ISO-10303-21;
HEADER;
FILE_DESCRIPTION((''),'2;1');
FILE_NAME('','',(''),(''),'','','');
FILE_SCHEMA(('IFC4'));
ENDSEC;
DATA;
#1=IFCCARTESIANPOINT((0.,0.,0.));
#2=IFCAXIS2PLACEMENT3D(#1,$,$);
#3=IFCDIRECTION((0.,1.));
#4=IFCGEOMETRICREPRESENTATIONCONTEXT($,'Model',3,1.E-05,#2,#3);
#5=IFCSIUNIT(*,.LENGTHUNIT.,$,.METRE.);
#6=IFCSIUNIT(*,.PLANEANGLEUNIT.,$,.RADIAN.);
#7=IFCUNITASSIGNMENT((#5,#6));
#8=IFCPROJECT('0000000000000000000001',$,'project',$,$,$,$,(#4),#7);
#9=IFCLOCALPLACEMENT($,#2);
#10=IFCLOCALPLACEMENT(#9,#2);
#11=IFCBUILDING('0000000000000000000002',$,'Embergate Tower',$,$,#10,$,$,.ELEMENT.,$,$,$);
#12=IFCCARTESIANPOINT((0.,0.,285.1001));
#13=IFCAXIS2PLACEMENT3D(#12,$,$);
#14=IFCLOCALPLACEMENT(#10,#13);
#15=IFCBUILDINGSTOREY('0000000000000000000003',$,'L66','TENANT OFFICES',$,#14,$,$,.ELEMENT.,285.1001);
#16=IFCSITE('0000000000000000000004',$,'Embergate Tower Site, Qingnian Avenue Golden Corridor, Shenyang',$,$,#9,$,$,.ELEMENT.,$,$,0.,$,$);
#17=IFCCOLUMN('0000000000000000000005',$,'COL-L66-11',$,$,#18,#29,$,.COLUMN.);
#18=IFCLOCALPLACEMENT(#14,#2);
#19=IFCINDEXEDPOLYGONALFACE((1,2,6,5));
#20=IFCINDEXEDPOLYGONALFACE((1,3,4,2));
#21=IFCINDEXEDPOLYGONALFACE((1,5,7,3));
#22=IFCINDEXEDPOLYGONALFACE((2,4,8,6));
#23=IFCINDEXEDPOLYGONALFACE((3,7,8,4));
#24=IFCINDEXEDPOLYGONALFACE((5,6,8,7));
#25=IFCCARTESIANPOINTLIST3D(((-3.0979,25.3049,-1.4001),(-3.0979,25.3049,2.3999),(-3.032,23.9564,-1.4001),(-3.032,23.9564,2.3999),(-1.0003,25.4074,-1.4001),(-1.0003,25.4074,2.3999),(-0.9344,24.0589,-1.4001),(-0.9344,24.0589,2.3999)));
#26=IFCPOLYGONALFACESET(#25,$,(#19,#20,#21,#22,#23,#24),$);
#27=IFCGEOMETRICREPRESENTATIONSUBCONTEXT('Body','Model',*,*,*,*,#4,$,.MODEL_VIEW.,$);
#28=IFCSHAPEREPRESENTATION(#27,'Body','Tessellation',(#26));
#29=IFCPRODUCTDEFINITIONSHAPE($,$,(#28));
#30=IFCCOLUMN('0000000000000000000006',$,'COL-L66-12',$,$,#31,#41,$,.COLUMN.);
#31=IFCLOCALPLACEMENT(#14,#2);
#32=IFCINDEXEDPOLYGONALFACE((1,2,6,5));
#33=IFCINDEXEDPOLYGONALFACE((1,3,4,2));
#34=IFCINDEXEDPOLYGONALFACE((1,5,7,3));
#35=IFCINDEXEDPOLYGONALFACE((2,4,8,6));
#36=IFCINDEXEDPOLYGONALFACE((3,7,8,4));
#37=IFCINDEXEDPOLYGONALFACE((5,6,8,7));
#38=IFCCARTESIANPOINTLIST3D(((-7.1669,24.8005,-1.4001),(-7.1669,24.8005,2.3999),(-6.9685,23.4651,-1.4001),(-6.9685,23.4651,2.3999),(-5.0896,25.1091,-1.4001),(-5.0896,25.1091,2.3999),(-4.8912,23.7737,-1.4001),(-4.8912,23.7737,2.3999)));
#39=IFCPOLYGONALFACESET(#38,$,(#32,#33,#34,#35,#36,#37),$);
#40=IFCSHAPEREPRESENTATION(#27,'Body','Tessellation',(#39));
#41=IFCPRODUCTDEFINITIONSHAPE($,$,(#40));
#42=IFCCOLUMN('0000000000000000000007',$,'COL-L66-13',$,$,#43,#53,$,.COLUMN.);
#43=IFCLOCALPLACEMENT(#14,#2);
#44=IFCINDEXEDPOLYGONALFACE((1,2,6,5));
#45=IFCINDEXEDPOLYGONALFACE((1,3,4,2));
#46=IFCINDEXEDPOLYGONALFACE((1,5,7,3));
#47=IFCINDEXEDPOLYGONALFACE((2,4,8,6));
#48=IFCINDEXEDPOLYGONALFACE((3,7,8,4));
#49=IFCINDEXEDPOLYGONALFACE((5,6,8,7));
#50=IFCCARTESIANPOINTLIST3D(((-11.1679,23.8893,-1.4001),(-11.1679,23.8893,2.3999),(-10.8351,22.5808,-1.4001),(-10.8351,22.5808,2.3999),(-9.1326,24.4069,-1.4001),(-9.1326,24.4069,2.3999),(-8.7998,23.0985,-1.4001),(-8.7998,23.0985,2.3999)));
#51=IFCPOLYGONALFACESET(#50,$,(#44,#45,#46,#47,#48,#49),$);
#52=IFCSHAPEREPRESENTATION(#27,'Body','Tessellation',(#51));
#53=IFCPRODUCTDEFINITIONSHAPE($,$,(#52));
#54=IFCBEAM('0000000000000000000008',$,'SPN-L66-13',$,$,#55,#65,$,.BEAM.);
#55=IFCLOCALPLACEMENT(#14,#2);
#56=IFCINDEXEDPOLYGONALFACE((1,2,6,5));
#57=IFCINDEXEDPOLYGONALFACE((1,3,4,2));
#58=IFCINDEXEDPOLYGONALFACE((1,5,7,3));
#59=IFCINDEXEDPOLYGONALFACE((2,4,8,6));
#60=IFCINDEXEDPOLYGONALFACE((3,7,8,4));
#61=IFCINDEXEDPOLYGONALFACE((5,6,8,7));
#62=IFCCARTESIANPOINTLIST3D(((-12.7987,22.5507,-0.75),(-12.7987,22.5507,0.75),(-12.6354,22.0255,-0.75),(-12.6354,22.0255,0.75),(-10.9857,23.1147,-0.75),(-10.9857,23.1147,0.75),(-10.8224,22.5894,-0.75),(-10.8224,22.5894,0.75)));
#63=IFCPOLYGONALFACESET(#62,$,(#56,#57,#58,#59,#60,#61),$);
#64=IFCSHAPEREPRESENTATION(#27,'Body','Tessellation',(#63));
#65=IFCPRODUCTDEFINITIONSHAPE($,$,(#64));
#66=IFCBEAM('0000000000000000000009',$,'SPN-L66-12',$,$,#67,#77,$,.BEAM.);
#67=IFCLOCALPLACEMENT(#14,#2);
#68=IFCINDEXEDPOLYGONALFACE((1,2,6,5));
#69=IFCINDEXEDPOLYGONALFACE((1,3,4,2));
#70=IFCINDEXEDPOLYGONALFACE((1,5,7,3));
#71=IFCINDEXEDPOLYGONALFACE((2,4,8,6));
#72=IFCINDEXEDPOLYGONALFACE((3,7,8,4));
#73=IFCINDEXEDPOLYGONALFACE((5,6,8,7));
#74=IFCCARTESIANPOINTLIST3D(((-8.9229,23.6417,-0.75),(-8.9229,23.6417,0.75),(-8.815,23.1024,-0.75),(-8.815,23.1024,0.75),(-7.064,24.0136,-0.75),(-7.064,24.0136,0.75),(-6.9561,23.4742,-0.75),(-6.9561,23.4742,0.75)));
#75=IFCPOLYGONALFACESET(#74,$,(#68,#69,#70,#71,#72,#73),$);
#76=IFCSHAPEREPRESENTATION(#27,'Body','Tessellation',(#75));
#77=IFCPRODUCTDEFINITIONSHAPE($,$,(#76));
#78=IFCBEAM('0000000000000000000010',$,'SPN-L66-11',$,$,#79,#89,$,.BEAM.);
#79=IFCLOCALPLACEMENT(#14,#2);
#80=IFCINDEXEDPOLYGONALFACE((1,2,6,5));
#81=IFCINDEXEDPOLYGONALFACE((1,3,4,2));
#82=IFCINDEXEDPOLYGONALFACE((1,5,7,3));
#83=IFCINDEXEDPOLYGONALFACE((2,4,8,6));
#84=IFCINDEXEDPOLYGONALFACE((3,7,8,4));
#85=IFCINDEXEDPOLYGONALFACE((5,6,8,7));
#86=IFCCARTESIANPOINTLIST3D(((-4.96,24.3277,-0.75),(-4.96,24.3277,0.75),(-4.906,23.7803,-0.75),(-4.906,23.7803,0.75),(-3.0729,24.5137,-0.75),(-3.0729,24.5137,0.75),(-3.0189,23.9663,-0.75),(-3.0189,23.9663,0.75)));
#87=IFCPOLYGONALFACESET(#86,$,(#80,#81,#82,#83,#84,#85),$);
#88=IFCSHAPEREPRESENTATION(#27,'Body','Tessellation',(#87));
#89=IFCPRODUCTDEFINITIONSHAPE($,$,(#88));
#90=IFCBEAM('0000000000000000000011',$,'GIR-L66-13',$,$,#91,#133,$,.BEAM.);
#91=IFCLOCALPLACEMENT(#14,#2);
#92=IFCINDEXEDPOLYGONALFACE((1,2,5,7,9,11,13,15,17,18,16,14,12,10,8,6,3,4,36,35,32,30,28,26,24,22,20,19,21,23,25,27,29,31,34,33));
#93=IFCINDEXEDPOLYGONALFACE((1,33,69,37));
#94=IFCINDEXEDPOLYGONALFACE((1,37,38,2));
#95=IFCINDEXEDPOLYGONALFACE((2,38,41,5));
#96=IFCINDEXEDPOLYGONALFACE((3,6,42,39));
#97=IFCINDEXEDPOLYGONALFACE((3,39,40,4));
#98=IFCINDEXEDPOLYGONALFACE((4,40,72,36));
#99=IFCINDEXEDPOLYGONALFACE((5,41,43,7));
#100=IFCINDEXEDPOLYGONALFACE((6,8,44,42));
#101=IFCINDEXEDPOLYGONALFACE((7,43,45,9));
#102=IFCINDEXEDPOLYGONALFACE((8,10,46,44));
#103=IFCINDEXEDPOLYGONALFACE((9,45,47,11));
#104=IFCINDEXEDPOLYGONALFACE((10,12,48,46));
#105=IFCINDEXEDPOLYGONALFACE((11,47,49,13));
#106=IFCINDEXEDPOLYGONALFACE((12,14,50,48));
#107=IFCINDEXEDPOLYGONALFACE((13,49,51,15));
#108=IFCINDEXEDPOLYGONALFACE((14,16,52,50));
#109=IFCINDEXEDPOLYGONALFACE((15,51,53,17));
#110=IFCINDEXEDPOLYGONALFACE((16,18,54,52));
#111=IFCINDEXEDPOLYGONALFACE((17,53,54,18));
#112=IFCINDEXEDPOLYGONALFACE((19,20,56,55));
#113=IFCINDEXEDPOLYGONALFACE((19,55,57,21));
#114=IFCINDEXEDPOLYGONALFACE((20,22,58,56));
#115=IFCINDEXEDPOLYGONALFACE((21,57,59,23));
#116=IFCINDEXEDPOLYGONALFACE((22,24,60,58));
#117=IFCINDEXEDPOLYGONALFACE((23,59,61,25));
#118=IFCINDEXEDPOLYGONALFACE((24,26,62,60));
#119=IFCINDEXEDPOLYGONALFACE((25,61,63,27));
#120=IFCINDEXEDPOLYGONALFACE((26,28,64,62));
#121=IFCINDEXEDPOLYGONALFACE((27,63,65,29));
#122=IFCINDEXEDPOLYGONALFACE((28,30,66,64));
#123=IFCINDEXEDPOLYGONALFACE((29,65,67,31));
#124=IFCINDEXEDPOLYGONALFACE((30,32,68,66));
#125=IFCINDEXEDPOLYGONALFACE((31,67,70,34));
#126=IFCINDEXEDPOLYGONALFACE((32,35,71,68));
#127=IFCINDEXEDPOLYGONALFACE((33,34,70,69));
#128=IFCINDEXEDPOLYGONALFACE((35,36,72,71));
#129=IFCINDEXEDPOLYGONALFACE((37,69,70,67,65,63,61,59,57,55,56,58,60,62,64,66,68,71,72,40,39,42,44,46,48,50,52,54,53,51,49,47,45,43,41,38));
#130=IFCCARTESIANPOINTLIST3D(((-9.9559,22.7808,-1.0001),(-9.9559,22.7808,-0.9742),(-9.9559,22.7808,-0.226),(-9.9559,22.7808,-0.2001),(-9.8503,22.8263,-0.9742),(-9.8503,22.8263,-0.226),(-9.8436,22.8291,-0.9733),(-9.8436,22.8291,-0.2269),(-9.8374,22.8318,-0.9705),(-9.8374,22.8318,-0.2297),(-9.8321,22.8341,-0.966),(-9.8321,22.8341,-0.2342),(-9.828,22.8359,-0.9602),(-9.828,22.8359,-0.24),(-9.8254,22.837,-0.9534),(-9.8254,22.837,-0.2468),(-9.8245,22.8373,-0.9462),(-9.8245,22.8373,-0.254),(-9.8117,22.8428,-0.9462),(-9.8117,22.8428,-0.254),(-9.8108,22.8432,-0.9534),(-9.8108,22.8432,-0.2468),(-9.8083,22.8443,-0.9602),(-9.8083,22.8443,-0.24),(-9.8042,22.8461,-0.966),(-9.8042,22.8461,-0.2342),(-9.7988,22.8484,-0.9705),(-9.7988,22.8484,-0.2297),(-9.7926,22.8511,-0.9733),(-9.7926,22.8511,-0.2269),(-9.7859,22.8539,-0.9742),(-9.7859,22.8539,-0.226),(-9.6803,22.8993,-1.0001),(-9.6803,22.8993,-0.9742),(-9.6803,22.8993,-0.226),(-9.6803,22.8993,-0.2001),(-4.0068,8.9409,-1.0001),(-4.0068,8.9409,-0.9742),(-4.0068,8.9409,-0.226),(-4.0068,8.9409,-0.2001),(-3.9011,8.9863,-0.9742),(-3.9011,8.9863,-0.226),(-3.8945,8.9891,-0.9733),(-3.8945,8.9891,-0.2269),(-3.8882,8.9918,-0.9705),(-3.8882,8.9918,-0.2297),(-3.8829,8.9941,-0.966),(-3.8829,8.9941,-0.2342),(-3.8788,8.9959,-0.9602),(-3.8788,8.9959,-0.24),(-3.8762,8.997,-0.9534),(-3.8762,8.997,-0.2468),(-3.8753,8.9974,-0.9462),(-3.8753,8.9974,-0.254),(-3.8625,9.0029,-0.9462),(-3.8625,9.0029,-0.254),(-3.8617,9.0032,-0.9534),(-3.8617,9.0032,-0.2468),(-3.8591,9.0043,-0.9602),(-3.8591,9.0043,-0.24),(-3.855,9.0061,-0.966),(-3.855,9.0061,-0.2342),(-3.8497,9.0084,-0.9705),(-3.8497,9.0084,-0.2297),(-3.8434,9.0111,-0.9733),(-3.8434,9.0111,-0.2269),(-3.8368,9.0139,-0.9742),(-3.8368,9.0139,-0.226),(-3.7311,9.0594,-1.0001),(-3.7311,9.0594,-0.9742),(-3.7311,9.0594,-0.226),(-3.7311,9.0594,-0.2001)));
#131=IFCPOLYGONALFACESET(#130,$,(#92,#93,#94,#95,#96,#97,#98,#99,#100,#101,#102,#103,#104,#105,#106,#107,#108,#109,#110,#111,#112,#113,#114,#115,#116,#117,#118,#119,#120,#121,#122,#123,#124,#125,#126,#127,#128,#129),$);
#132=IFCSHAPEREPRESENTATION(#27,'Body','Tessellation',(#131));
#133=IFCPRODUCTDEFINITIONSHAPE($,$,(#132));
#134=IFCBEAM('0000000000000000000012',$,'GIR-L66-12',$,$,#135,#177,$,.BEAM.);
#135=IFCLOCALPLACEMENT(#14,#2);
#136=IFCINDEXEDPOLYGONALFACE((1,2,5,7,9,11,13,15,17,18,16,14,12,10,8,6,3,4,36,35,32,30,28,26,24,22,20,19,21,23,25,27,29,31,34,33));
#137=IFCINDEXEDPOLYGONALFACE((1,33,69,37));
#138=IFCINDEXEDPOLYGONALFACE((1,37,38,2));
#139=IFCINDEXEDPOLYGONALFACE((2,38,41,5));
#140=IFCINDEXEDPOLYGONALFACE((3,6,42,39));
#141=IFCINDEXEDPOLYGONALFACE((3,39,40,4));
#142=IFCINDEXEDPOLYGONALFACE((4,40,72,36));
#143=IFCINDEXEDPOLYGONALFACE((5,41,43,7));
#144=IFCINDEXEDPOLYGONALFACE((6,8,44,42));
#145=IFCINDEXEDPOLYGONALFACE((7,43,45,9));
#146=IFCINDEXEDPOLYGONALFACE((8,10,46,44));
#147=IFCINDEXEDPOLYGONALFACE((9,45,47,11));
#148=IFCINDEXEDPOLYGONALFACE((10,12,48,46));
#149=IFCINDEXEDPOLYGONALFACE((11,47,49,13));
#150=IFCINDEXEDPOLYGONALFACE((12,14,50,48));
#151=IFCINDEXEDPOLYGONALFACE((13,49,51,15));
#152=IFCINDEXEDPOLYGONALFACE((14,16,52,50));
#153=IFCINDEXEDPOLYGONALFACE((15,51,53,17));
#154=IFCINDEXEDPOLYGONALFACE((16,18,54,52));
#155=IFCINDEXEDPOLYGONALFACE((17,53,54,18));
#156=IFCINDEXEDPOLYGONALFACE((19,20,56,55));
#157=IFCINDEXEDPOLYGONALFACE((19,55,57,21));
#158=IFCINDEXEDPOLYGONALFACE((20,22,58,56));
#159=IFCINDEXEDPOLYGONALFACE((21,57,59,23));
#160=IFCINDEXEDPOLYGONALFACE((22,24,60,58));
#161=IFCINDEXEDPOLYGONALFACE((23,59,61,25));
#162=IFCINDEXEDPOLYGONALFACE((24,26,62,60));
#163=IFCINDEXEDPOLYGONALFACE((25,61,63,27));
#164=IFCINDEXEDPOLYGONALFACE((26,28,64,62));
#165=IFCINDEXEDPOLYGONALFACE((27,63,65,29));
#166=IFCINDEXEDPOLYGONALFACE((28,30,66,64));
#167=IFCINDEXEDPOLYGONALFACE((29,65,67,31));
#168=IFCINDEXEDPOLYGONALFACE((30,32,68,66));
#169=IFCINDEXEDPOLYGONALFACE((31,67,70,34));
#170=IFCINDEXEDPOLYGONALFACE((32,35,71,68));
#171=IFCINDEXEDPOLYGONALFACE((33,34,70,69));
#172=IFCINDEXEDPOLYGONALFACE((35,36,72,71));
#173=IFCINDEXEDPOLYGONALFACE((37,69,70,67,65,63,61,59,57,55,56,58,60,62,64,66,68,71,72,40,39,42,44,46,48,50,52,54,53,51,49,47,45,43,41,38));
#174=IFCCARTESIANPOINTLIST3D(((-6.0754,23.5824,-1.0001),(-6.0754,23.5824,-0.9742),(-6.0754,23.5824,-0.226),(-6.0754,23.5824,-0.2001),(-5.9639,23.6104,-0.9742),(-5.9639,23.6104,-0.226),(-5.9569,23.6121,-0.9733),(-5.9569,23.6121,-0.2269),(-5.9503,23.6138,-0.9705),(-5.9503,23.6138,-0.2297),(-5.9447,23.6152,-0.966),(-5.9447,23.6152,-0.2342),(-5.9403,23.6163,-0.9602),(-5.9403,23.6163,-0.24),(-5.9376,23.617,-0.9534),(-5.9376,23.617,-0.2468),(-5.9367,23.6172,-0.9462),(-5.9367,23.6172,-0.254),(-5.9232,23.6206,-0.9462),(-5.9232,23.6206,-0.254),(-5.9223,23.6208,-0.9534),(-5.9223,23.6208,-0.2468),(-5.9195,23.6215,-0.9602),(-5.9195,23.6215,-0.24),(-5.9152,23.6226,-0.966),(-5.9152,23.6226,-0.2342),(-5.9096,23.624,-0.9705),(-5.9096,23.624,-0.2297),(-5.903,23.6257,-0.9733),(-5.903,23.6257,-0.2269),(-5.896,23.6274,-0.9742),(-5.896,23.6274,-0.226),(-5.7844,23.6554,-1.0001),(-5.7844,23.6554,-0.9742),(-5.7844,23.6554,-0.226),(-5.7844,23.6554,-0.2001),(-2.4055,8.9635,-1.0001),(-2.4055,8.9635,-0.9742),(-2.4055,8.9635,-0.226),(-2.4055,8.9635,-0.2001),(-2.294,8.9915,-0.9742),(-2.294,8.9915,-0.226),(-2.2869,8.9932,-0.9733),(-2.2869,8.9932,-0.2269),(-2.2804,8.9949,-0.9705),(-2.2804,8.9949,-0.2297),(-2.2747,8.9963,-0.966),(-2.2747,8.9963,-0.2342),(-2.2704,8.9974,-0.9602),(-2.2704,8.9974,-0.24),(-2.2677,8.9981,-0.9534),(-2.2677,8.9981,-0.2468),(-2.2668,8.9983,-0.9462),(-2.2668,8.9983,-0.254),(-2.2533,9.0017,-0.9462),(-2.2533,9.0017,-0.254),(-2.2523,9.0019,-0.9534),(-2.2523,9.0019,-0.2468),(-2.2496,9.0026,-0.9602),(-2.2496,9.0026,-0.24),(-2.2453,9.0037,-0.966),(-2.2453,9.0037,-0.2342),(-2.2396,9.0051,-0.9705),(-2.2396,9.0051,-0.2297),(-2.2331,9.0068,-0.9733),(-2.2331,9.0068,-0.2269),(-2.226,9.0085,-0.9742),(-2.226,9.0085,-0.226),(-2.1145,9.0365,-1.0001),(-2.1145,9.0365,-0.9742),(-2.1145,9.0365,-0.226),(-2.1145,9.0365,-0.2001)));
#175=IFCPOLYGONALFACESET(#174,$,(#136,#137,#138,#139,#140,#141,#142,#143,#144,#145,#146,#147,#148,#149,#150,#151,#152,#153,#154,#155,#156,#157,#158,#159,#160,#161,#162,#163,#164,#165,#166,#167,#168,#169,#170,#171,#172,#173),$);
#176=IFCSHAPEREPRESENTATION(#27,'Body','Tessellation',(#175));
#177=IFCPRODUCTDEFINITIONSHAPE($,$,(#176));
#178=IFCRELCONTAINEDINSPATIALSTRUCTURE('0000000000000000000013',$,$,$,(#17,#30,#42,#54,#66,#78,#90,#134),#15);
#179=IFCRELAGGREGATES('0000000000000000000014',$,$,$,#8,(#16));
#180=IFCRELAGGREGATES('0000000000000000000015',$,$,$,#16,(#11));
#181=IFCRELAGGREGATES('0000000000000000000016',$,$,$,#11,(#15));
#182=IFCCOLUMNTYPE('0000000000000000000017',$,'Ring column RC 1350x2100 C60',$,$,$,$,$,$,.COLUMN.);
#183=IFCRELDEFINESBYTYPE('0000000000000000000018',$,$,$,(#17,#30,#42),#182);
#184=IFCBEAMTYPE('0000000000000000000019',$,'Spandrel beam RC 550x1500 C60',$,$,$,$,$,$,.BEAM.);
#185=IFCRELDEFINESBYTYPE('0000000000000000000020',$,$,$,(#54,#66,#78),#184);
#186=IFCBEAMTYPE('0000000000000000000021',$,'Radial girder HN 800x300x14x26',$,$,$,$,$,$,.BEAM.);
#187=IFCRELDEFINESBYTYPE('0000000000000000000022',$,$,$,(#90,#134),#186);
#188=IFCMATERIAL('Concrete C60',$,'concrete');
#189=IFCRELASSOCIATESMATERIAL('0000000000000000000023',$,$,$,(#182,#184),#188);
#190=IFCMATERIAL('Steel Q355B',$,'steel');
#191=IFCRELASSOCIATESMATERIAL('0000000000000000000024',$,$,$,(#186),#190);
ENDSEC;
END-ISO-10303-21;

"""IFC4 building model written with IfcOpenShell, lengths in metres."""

from ifc_helpers import new_model, si_unit, direction, frame, origin, origin_2d, place, context, subcontext, project, spatial, rectangle, i_section, extrude, source, transform, mapped, material, material_profile, profile_set, type_object, element, save


model = new_model("IFC4")

# Units and contexts
model_context = context("Model", 3, precision=1e-05, world=origin(), true_north=direction((0.0, 1.0)))
body_context = subcontext(model_context, "Body", "Model", "MODEL_VIEW")
ifc_project = project(units=[si_unit("LENGTHUNIT", "METRE"), si_unit("PLANEANGLEUNIT", "RADIAN")], contexts=[model_context])

# Site, building, storey
site_placement = place(None, origin())
site = spatial("IfcSite", under=ifc_project, at=site_placement, Name="Embergate Tower Site, Qingnian Avenue Golden Corridor, Shenyang", CompositionType="ELEMENT", RefElevation=0.0)
building_placement = place(site_placement, origin())
building = spatial("IfcBuilding", under=site, at=building_placement, Name="Embergate Tower", CompositionType="ELEMENT")
storey_placement = place(building_placement, frame((0.0, 0.0, 285.1001)))
storey = spatial("IfcBuildingStorey", under=building, at=storey_placement, Name="L66", Description="TENANT OFFICES", CompositionType="ELEMENT", Elevation=285.1001)

# Columns
ifc_material_1 = material(Name="Concrete C60", Category="concrete")
ifc_material_profile_1 = material_profile(ifc_material_1, rectangle(XDim=1.3501, YDim=2.1001, at=origin_2d()), Name="RC 1350x2100")
ifc_profile_set_1 = profile_set([ifc_material_profile_1], Name="Concrete C60")
column_type = type_object("IfcColumnType", Name="Ring column RC 1350x2100 C60", PredefinedType="COLUMN", material=ifc_profile_set_1)
shared_shape_1 = source(origin(), body_context, "Body", "SweptSolid", [
    extrude(rectangle(XDim=1.3501, YDim=2.1001, at=origin_2d()), origin(), (0.0, 0.0, 1.0), 3.8),
])
for number, where, z_axis, x_axis, name in (
    (1, (-2.0161, 24.6819, -1.4001), (0.0, 0.0, 1.0), (-0.048815, 0.998808, 0.0), "COL-L66-11"),
    (2, (-6.0291, 24.2871, -1.4001), (0.0, 0.0, 1.0), (-0.146929, 0.989147, 0.0), "COL-L66-12"),
    (3, (-9.9839, 23.4939, -1.4001), (0.0, 0.0, 1.0), (-0.246492, 0.969145, 0.0), "COL-L66-13"),
):
    element("IfcColumn", number, at=place(storey_placement, frame(where, z_axis=z_axis, x_axis=x_axis)), inside=storey, type_object=column_type, Name=name, PredefinedType="COLUMN", context=body_context, shape_type="MappedRepresentation", body=[
        mapped(shared_shape_1, transform((0.0, 0.0, 0.0))),
    ])

# Beams
ifc_material_profile_2 = material_profile(ifc_material_1, rectangle(XDim=0.55, YDim=1.5, at=origin_2d()), Name="RC 550x1500")
ifc_profile_set_2 = profile_set([ifc_material_profile_2], Name="Concrete C60")
beam_type_1 = type_object("IfcBeamType", Name="Spandrel beam RC 550x1500 C60", PredefinedType="BEAM", material=ifc_profile_set_2)
shared_shape_2 = source(origin(), body_context, "Body", "SweptSolid", [
    extrude(rectangle(XDim=0.55, YDim=1.5, at=origin_2d()), origin(), (0.0, 0.0, 1.0), 1.8987),
])
beam_1_placement = place(storey_placement, frame((-10.9041, 22.8521, 0.0), z_axis=(-0.954868, -0.29703, 0.0), x_axis=(0.29703, -0.954868, 0.0)))
element("IfcBeam", 4, at=beam_1_placement, inside=storey, type_object=beam_type_1, Name="SPN-L66-13", PredefinedType="BEAM", context=body_context, shape_type="MappedRepresentation", body=[
    mapped(shared_shape_2, transform((0.0, 0.0, 0.0))),
])
shared_shape_3 = source(origin(), body_context, "Body", "SweptSolid", [
    extrude(rectangle(XDim=0.55, YDim=1.5, at=origin_2d()), origin(), (0.0, 0.0, 1.0), 1.8958),
])
beam_2_placement = place(storey_placement, frame((-7.01, 23.7439, 0.0), z_axis=(-0.980576, -0.196141, 0.0), x_axis=(0.196141, -0.980576, 0.0)))
element("IfcBeam", 5, at=beam_2_placement, inside=storey, type_object=beam_type_1, Name="SPN-L66-12", PredefinedType="BEAM", context=body_context, shape_type="MappedRepresentation", body=[
    mapped(shared_shape_3, transform((0.0, 0.0, 0.0))),
])
shared_shape_4 = source(origin(), body_context, "Body", "SweptSolid", [
    extrude(rectangle(XDim=0.55, YDim=1.5, at=origin_2d()), origin(), (0.0, 0.0, 1.0), 1.8962),
])
beam_3_placement = place(storey_placement, frame((-3.0459, 24.24, 0.0), z_axis=(-0.995176, -0.098101, 0.0), x_axis=(0.098101, -0.995176, 0.0)))
element("IfcBeam", 6, at=beam_3_placement, inside=storey, type_object=beam_type_1, Name="SPN-L66-11", PredefinedType="BEAM", context=body_context, shape_type="MappedRepresentation", body=[
    mapped(shared_shape_4, transform((0.0, 0.0, 0.0))),
])
ifc_material_2 = material(Name="Steel Q355B", Category="steel")
ifc_material_profile_3 = material_profile(ifc_material_2, i_section(OverallWidth=0.3, OverallDepth=0.8, WebThickness=0.0139, FlangeThickness=0.0259, FilletRadius=0.0281, at=origin_2d()), Name="HN 800x300x14x26")
ifc_profile_set_3 = profile_set([ifc_material_profile_3], Name="Steel Q355 grade B")
beam_type_2 = type_object("IfcBeamType", Name="Radial girder HN 800x300x14x26", PredefinedType="BEAM", material=ifc_profile_set_3)
shared_shape_5 = source(origin(), body_context, "Body", "SweptSolid", [
    extrude(i_section(OverallWidth=0.3, OverallDepth=0.8, WebThickness=0.0139, FlangeThickness=0.0259, FilletRadius=0.0281, at=origin_2d()), origin(), (0.0, 0.0, 1.0), 15.0645),
])
beam_4_placement = place(storey_placement, frame((-9.8181, 22.8401, -0.6001), z_axis=(0.394915, -0.918718, 0.0), x_axis=(0.918718, 0.394915, 0.0)))
element("IfcBeam", 7, at=beam_4_placement, inside=storey, type_object=beam_type_2, Name="GIR-L66-13", PredefinedType="BEAM", context=body_context, shape_type="MappedRepresentation", body=[
    mapped(shared_shape_5, transform((0.0, 0.0, 0.0))),
])
shared_shape_6 = source(origin(), body_context, "Body", "SweptSolid", [
    extrude(i_section(OverallWidth=0.3, OverallDepth=0.8, WebThickness=0.0139, FlangeThickness=0.0259, FilletRadius=0.0281, at=origin_2d()), origin(), (0.0, 0.0, 1.0), 15.0725),
])
beam_5_placement = place(storey_placement, frame((-5.9299, 23.6189, -0.6001), z_axis=(0.243485, -0.969905, 0.0), x_axis=(0.969905, 0.243485, 0.0)))
element("IfcBeam", 8, at=beam_5_placement, inside=storey, type_object=beam_type_2, Name="GIR-L66-12", PredefinedType="BEAM", context=body_context, shape_type="MappedRepresentation", body=[
    mapped(shared_shape_6, transform((0.0, 0.0, 0.0))),
])

save(model, "model.ifc")
